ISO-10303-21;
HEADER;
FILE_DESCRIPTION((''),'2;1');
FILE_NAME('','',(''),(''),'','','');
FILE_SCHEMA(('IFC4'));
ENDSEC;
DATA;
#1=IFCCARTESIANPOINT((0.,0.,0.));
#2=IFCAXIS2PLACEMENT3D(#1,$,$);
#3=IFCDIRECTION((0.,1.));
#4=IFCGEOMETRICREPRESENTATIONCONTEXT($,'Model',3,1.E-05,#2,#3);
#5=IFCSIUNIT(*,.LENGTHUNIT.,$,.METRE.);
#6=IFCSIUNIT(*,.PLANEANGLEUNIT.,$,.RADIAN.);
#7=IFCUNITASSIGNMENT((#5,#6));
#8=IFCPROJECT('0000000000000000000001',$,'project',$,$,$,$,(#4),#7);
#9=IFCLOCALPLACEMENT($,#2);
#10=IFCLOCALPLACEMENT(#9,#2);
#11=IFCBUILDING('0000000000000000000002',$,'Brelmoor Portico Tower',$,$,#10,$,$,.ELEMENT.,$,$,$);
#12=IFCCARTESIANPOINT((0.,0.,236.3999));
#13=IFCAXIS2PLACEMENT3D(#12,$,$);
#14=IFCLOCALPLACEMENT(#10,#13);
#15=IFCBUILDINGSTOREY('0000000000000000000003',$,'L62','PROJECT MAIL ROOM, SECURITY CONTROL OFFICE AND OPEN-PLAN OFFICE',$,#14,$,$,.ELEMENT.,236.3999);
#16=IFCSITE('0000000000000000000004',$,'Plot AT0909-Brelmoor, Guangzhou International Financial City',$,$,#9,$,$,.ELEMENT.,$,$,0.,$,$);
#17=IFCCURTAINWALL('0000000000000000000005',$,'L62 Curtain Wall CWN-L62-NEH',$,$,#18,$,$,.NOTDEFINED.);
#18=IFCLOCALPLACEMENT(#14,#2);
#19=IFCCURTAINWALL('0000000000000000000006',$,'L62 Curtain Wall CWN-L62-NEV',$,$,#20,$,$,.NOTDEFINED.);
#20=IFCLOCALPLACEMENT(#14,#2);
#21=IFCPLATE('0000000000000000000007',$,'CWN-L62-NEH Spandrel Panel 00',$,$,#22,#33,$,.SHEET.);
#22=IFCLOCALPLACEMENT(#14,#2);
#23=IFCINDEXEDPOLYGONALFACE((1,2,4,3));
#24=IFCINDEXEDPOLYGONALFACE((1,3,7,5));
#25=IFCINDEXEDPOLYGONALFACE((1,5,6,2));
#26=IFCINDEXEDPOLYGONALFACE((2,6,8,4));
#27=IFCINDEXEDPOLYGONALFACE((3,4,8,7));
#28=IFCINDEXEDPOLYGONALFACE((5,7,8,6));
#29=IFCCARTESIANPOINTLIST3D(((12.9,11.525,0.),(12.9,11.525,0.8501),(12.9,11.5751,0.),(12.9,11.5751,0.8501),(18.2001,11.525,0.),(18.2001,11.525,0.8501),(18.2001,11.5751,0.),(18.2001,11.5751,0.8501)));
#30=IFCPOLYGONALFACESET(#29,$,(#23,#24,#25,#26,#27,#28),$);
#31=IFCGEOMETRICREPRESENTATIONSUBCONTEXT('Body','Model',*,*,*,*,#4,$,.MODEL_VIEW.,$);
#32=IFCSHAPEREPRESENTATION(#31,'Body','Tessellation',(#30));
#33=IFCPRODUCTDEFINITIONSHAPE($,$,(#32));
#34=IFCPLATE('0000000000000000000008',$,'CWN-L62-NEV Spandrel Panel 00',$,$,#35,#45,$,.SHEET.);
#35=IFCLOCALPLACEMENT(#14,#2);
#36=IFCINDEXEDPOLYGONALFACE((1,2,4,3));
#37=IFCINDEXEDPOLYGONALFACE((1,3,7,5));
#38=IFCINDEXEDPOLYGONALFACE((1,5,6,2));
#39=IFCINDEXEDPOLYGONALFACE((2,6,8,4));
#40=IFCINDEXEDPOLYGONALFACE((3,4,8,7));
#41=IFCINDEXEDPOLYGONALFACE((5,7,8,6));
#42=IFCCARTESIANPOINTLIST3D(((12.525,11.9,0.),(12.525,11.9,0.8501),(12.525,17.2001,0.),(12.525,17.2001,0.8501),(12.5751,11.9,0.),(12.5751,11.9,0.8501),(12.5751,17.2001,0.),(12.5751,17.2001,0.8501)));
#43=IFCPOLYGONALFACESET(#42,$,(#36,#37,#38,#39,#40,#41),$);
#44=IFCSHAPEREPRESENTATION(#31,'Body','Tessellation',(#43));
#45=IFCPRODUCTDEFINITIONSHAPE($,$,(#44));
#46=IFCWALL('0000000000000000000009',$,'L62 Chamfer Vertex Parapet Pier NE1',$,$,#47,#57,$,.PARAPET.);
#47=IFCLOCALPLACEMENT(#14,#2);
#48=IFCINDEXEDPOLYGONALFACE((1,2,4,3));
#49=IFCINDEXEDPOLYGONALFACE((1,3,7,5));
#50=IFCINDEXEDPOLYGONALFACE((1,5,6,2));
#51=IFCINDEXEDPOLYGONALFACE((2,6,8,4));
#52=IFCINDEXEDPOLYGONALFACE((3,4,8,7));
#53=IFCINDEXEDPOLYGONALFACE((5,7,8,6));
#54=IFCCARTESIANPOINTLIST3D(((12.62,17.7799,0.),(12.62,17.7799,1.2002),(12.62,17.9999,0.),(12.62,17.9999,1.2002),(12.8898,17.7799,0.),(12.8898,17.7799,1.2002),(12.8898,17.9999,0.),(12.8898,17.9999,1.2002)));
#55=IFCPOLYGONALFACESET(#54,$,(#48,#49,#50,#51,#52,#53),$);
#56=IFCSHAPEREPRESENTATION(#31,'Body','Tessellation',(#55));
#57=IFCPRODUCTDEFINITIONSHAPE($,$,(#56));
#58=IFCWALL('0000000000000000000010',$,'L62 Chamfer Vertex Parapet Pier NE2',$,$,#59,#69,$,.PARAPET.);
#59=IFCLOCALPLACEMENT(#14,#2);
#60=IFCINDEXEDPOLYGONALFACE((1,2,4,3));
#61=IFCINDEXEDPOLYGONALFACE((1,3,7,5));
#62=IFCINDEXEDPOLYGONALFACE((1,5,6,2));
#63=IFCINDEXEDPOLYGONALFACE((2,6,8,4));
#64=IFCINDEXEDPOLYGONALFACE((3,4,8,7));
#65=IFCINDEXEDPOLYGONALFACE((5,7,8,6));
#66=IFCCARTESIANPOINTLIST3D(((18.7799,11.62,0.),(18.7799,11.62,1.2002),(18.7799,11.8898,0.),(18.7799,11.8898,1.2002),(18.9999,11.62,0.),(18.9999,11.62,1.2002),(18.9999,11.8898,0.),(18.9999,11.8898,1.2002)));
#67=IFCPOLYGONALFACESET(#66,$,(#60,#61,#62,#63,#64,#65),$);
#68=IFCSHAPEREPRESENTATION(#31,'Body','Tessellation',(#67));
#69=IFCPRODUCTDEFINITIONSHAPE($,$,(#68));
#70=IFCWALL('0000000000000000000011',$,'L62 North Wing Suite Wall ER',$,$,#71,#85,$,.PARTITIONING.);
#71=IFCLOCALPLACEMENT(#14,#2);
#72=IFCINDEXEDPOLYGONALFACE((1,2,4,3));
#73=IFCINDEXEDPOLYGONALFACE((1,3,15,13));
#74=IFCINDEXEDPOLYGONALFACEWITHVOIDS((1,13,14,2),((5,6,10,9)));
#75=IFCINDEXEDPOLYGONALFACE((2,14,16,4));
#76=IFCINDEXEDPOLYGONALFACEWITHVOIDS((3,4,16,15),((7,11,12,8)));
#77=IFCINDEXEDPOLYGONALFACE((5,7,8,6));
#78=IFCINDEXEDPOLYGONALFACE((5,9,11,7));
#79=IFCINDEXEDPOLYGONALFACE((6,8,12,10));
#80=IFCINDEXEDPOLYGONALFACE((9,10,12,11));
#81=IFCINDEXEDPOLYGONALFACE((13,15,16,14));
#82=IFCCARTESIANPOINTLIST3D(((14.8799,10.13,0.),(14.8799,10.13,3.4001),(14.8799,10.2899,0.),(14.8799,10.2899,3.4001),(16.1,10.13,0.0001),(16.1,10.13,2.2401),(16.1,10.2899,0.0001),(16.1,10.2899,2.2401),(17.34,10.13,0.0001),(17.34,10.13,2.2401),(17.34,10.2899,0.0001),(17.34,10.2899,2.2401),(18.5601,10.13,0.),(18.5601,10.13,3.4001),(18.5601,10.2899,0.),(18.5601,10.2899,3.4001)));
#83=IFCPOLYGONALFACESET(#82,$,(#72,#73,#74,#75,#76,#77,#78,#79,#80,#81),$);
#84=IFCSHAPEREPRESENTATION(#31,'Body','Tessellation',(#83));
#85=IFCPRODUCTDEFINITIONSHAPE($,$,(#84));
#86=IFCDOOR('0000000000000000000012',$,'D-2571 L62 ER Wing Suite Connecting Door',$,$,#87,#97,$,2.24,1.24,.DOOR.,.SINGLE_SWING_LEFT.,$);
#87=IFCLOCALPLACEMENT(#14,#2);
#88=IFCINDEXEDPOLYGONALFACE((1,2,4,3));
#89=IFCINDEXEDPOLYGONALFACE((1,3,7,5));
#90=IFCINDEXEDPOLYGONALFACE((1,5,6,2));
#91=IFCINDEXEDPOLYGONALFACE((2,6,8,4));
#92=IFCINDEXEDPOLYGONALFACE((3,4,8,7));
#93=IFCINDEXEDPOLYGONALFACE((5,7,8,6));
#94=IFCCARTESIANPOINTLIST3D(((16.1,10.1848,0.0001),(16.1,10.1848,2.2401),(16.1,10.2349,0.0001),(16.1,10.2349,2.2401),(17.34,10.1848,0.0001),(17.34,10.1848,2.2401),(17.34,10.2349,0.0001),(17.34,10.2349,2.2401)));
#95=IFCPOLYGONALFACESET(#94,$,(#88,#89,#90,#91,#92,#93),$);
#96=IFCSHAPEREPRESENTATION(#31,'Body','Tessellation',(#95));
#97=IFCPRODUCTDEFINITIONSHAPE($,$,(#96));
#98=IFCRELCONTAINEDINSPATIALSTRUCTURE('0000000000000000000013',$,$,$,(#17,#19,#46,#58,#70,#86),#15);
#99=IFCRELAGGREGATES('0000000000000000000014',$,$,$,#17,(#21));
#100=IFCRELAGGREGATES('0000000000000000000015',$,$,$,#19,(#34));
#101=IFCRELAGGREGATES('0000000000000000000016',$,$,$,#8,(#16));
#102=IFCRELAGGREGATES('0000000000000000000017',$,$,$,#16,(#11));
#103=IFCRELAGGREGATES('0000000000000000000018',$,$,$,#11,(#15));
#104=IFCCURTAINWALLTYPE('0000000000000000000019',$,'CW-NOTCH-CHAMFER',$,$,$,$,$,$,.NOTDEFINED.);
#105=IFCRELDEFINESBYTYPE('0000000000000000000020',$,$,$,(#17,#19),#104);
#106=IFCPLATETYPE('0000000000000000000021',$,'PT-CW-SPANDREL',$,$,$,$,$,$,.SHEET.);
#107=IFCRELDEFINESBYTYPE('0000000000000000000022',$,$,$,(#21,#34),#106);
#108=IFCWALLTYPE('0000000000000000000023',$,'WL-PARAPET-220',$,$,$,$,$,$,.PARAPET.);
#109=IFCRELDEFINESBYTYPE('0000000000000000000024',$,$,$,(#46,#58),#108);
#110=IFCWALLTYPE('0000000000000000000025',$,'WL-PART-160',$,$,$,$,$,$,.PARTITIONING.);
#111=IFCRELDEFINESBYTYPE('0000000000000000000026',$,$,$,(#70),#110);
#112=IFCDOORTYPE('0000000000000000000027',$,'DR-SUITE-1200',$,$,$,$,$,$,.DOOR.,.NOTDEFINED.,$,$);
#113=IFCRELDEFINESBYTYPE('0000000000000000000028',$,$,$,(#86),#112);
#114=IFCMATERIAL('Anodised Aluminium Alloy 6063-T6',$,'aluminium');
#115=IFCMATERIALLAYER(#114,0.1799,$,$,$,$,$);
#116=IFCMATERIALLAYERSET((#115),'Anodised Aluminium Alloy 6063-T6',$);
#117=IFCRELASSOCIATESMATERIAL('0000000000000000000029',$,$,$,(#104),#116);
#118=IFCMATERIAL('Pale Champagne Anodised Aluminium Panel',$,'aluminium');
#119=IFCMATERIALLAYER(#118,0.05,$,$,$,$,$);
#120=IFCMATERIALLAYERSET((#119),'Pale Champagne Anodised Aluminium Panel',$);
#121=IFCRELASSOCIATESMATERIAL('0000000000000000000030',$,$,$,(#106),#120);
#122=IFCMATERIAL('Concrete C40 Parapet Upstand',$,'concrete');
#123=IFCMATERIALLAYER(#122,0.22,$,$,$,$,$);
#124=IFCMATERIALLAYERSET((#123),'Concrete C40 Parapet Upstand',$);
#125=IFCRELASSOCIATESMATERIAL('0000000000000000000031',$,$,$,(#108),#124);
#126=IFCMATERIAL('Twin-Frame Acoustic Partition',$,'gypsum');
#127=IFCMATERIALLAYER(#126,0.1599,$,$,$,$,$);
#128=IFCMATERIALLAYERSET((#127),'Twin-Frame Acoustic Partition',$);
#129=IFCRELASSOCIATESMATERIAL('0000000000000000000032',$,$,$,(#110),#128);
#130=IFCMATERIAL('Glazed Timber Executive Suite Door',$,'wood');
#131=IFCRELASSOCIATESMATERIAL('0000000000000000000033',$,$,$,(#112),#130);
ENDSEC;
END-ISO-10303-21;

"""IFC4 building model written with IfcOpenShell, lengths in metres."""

from ifc_helpers import new_model, si_unit, direction, frame, frame_2d, origin, origin_2d, place, context, subcontext, project, spatial, rectangle, extrude, material, layer, layer_set, type_object, element, fill, aggregate, save


model = new_model("IFC4")

# Units and contexts
model_context = context("Model", 3, precision=1e-05, world=origin(), true_north=direction((0.0, 1.0)))
body_context = subcontext(model_context, "Body", "Model", "MODEL_VIEW")
ifc_project = project(units=[si_unit("LENGTHUNIT", "METRE"), si_unit("PLANEANGLEUNIT", "RADIAN")], contexts=[model_context])

# Site, building, storey
site_placement = place(None, origin())
site = spatial("IfcSite", under=ifc_project, at=site_placement, Name="Plot AT0909-Brelmoor, Guangzhou International Financial City", CompositionType="ELEMENT", RefElevation=0.0)
building_placement = place(site_placement, origin())
building = spatial("IfcBuilding", under=site, at=building_placement, Name="Brelmoor Portico Tower", CompositionType="ELEMENT")
storey_placement = place(building_placement, frame((0.0, 0.0, 236.3999)))
storey = spatial("IfcBuildingStorey", under=building, at=storey_placement, Name="L62", Description="PROJECT MAIL ROOM, SECURITY CONTROL OFFICE AND OPEN-PLAN OFFICE", CompositionType="ELEMENT", Elevation=236.3999)

# Curtain walls
ifc_material_1 = material(Name="Anodised Aluminium Alloy 6063-T6", Category="aluminium")
ifc_layer_1 = layer(ifc_material_1, 0.1799)
ifc_layer_set_1 = layer_set([ifc_layer_1], Name="Anodised Aluminium Alloy 6063-T6")
curtain_wall_type_1 = type_object("IfcCurtainWallType", Name="CW-NOTCH-CHAMFER", PredefinedType="NOTDEFINED", material=ifc_layer_set_1)
curtain_wall_1_placement = place(storey_placement, origin())
curtain_wall_1 = element("IfcCurtainWall", 1, at=curtain_wall_1_placement, inside=storey, type_object=curtain_wall_type_1, Name="L62 Curtain Wall CWN-L62-NEH", PredefinedType="NOTDEFINED")
curtain_wall_2_placement = place(storey_placement, origin())
curtain_wall_2 = element("IfcCurtainWall", 2, at=curtain_wall_2_placement, inside=storey, type_object=curtain_wall_type_1, Name="L62 Curtain Wall CWN-L62-NEV", PredefinedType="NOTDEFINED")

# Plates
ifc_material_2 = material(Name="Pale Champagne Anodised Aluminium Panel", Category="aluminium")
ifc_layer_2 = layer(ifc_material_2, 0.05)
ifc_layer_set_2 = layer_set([ifc_layer_2], Name="Pale Champagne Anodised Aluminium Panel")
plate_type_1 = type_object("IfcPlateType", Name="PT-CW-SPANDREL", PredefinedType="SHEET", material=ifc_layer_set_2)
plate_1_placement = place(storey_placement, frame((15.55, 11.55, 0.0), z_axis=(0.0, 0.0, 1.0), x_axis=(1.0, 0.0, 0.0)))
plate_1 = element("IfcPlate", 3, at=plate_1_placement, type_object=plate_type_1, Name="CWN-L62-NEH Spandrel Panel 00", PredefinedType="SHEET", context=body_context, shape_type="SweptSolid", body=[
    extrude(rectangle(XDim=5.3, YDim=0.05, at=origin_2d()), origin(), (0.0, 0.0, 1.0), 0.8501),
])
aggregate(curtain_wall_1, [plate_1])
plate_2_placement = place(storey_placement, frame((12.55, 14.55, 0.0), z_axis=(0.0, 0.0, 1.0), x_axis=(0.0, 1.0, 0.0)))
plate_2 = element("IfcPlate", 4, at=plate_2_placement, type_object=plate_type_1, Name="CWN-L62-NEV Spandrel Panel 00", PredefinedType="SHEET", context=body_context, shape_type="SweptSolid", body=[
    extrude(rectangle(XDim=5.3, YDim=0.05, at=origin_2d()), origin(), (0.0, 0.0, 1.0), 0.8501),
])
aggregate(curtain_wall_2, [plate_2])

# Walls
ifc_material_3 = material(Name="Concrete C40 Parapet Upstand", Category="concrete")
ifc_layer_3 = layer(ifc_material_3, 0.22)
ifc_layer_set_3 = layer_set([ifc_layer_3], Name="Concrete C40 Parapet Upstand")
wall_type_1 = type_object("IfcWallType", Name="WL-PARAPET-220", PredefinedType="PARAPET", material=ifc_layer_set_3)
for number, where, z_axis, x_axis, name in (
    (5, (12.6201, 17.8899, 0.0), (0.0, 0.0, 1.0), (1.0, 0.0, 0.0), "L62 Chamfer Vertex Parapet Pier NE1"),
    (6, (18.8899, 11.6201, 0.0), (0.0, 0.0, 1.0), (0.0, 1.0, 0.0), "L62 Chamfer Vertex Parapet Pier NE2"),
):
    element("IfcWall", number, at=place(storey_placement, frame(where, z_axis=z_axis, x_axis=x_axis)), inside=storey, type_object=wall_type_1, Name=name, PredefinedType="PARAPET", context=body_context, shape_type="SweptSolid", body=[
        extrude(rectangle(XDim=0.2698, YDim=0.22, at=frame_2d((0.1348, 0.0))), origin(), (0.0, 0.0, 1.0), 1.2002),
    ])

# Wall, opening, door
ifc_material_4 = material(Name="Twin-Frame Acoustic Partition", Category="gypsum")
ifc_layer_4 = layer(ifc_material_4, 0.1599)
ifc_layer_set_4 = layer_set([ifc_layer_4], Name="Twin-Frame Acoustic Partition")
wall_type_2 = type_object("IfcWallType", Name="WL-PART-160", PredefinedType="PARTITIONING", material=ifc_layer_set_4)
wall_placement = place(storey_placement, frame((14.8799, 10.21, 0.0), z_axis=(0.0, 0.0, 1.0), x_axis=(1.0, 0.0, 0.0)))
wall = element("IfcWall", 7, at=wall_placement, inside=storey, type_object=wall_type_2, Name="L62 North Wing Suite Wall ER", PredefinedType="PARTITIONING", context=body_context, shape_type="SweptSolid", body=[
    extrude(rectangle(XDim=3.6802, YDim=0.1599, at=frame_2d((1.8401, 0.0))), origin(), (0.0, 0.0, 1.0), 3.4001),
])
opening_placement = place(wall_placement, frame((1.22, 0.0, 0.0)))
opening = element("IfcOpeningElement", 8, at=opening_placement, cuts=wall, PredefinedType="OPENING", context=body_context, shape_type="SweptSolid", body=[
    extrude(rectangle(XDim=1.24, YDim=2.24, at=frame_2d((0.6201, 1.1201))), frame((0.0, 0.0898, 0.0), z_axis=(0.0, -1.0, 0.0), x_axis=(1.0, 0.0, 0.0)), (0.0, 0.0, 1.0), 0.1799),
])
ifc_material_5 = material(Name="Glazed Timber Executive Suite Door", Category="wood")
door_type = type_object("IfcDoorType", Name="DR-SUITE-1200", OperationType="NOTDEFINED", PredefinedType="DOOR", material=ifc_material_5)
door_placement = place(opening_placement, origin())
door = element("IfcDoor", 9, at=door_placement, inside=storey, type_object=door_type, Name="D-2571 L62 ER Wing Suite Connecting Door", OperationType="SINGLE_SWING_LEFT", OverallHeight=2.24, OverallWidth=1.24, PredefinedType="DOOR", context=body_context, shape_type="SweptSolid", body=[
    extrude(rectangle(XDim=1.24, YDim=2.24, at=frame_2d((0.6201, 1.1201))), frame((0.0, 0.0249, 0.0), z_axis=(0.0, -1.0, 0.0), x_axis=(1.0, 0.0, 0.0)), (0.0, 0.0, 1.0), 0.05),
])
fill(opening, door)

save(model, "model.ifc")
